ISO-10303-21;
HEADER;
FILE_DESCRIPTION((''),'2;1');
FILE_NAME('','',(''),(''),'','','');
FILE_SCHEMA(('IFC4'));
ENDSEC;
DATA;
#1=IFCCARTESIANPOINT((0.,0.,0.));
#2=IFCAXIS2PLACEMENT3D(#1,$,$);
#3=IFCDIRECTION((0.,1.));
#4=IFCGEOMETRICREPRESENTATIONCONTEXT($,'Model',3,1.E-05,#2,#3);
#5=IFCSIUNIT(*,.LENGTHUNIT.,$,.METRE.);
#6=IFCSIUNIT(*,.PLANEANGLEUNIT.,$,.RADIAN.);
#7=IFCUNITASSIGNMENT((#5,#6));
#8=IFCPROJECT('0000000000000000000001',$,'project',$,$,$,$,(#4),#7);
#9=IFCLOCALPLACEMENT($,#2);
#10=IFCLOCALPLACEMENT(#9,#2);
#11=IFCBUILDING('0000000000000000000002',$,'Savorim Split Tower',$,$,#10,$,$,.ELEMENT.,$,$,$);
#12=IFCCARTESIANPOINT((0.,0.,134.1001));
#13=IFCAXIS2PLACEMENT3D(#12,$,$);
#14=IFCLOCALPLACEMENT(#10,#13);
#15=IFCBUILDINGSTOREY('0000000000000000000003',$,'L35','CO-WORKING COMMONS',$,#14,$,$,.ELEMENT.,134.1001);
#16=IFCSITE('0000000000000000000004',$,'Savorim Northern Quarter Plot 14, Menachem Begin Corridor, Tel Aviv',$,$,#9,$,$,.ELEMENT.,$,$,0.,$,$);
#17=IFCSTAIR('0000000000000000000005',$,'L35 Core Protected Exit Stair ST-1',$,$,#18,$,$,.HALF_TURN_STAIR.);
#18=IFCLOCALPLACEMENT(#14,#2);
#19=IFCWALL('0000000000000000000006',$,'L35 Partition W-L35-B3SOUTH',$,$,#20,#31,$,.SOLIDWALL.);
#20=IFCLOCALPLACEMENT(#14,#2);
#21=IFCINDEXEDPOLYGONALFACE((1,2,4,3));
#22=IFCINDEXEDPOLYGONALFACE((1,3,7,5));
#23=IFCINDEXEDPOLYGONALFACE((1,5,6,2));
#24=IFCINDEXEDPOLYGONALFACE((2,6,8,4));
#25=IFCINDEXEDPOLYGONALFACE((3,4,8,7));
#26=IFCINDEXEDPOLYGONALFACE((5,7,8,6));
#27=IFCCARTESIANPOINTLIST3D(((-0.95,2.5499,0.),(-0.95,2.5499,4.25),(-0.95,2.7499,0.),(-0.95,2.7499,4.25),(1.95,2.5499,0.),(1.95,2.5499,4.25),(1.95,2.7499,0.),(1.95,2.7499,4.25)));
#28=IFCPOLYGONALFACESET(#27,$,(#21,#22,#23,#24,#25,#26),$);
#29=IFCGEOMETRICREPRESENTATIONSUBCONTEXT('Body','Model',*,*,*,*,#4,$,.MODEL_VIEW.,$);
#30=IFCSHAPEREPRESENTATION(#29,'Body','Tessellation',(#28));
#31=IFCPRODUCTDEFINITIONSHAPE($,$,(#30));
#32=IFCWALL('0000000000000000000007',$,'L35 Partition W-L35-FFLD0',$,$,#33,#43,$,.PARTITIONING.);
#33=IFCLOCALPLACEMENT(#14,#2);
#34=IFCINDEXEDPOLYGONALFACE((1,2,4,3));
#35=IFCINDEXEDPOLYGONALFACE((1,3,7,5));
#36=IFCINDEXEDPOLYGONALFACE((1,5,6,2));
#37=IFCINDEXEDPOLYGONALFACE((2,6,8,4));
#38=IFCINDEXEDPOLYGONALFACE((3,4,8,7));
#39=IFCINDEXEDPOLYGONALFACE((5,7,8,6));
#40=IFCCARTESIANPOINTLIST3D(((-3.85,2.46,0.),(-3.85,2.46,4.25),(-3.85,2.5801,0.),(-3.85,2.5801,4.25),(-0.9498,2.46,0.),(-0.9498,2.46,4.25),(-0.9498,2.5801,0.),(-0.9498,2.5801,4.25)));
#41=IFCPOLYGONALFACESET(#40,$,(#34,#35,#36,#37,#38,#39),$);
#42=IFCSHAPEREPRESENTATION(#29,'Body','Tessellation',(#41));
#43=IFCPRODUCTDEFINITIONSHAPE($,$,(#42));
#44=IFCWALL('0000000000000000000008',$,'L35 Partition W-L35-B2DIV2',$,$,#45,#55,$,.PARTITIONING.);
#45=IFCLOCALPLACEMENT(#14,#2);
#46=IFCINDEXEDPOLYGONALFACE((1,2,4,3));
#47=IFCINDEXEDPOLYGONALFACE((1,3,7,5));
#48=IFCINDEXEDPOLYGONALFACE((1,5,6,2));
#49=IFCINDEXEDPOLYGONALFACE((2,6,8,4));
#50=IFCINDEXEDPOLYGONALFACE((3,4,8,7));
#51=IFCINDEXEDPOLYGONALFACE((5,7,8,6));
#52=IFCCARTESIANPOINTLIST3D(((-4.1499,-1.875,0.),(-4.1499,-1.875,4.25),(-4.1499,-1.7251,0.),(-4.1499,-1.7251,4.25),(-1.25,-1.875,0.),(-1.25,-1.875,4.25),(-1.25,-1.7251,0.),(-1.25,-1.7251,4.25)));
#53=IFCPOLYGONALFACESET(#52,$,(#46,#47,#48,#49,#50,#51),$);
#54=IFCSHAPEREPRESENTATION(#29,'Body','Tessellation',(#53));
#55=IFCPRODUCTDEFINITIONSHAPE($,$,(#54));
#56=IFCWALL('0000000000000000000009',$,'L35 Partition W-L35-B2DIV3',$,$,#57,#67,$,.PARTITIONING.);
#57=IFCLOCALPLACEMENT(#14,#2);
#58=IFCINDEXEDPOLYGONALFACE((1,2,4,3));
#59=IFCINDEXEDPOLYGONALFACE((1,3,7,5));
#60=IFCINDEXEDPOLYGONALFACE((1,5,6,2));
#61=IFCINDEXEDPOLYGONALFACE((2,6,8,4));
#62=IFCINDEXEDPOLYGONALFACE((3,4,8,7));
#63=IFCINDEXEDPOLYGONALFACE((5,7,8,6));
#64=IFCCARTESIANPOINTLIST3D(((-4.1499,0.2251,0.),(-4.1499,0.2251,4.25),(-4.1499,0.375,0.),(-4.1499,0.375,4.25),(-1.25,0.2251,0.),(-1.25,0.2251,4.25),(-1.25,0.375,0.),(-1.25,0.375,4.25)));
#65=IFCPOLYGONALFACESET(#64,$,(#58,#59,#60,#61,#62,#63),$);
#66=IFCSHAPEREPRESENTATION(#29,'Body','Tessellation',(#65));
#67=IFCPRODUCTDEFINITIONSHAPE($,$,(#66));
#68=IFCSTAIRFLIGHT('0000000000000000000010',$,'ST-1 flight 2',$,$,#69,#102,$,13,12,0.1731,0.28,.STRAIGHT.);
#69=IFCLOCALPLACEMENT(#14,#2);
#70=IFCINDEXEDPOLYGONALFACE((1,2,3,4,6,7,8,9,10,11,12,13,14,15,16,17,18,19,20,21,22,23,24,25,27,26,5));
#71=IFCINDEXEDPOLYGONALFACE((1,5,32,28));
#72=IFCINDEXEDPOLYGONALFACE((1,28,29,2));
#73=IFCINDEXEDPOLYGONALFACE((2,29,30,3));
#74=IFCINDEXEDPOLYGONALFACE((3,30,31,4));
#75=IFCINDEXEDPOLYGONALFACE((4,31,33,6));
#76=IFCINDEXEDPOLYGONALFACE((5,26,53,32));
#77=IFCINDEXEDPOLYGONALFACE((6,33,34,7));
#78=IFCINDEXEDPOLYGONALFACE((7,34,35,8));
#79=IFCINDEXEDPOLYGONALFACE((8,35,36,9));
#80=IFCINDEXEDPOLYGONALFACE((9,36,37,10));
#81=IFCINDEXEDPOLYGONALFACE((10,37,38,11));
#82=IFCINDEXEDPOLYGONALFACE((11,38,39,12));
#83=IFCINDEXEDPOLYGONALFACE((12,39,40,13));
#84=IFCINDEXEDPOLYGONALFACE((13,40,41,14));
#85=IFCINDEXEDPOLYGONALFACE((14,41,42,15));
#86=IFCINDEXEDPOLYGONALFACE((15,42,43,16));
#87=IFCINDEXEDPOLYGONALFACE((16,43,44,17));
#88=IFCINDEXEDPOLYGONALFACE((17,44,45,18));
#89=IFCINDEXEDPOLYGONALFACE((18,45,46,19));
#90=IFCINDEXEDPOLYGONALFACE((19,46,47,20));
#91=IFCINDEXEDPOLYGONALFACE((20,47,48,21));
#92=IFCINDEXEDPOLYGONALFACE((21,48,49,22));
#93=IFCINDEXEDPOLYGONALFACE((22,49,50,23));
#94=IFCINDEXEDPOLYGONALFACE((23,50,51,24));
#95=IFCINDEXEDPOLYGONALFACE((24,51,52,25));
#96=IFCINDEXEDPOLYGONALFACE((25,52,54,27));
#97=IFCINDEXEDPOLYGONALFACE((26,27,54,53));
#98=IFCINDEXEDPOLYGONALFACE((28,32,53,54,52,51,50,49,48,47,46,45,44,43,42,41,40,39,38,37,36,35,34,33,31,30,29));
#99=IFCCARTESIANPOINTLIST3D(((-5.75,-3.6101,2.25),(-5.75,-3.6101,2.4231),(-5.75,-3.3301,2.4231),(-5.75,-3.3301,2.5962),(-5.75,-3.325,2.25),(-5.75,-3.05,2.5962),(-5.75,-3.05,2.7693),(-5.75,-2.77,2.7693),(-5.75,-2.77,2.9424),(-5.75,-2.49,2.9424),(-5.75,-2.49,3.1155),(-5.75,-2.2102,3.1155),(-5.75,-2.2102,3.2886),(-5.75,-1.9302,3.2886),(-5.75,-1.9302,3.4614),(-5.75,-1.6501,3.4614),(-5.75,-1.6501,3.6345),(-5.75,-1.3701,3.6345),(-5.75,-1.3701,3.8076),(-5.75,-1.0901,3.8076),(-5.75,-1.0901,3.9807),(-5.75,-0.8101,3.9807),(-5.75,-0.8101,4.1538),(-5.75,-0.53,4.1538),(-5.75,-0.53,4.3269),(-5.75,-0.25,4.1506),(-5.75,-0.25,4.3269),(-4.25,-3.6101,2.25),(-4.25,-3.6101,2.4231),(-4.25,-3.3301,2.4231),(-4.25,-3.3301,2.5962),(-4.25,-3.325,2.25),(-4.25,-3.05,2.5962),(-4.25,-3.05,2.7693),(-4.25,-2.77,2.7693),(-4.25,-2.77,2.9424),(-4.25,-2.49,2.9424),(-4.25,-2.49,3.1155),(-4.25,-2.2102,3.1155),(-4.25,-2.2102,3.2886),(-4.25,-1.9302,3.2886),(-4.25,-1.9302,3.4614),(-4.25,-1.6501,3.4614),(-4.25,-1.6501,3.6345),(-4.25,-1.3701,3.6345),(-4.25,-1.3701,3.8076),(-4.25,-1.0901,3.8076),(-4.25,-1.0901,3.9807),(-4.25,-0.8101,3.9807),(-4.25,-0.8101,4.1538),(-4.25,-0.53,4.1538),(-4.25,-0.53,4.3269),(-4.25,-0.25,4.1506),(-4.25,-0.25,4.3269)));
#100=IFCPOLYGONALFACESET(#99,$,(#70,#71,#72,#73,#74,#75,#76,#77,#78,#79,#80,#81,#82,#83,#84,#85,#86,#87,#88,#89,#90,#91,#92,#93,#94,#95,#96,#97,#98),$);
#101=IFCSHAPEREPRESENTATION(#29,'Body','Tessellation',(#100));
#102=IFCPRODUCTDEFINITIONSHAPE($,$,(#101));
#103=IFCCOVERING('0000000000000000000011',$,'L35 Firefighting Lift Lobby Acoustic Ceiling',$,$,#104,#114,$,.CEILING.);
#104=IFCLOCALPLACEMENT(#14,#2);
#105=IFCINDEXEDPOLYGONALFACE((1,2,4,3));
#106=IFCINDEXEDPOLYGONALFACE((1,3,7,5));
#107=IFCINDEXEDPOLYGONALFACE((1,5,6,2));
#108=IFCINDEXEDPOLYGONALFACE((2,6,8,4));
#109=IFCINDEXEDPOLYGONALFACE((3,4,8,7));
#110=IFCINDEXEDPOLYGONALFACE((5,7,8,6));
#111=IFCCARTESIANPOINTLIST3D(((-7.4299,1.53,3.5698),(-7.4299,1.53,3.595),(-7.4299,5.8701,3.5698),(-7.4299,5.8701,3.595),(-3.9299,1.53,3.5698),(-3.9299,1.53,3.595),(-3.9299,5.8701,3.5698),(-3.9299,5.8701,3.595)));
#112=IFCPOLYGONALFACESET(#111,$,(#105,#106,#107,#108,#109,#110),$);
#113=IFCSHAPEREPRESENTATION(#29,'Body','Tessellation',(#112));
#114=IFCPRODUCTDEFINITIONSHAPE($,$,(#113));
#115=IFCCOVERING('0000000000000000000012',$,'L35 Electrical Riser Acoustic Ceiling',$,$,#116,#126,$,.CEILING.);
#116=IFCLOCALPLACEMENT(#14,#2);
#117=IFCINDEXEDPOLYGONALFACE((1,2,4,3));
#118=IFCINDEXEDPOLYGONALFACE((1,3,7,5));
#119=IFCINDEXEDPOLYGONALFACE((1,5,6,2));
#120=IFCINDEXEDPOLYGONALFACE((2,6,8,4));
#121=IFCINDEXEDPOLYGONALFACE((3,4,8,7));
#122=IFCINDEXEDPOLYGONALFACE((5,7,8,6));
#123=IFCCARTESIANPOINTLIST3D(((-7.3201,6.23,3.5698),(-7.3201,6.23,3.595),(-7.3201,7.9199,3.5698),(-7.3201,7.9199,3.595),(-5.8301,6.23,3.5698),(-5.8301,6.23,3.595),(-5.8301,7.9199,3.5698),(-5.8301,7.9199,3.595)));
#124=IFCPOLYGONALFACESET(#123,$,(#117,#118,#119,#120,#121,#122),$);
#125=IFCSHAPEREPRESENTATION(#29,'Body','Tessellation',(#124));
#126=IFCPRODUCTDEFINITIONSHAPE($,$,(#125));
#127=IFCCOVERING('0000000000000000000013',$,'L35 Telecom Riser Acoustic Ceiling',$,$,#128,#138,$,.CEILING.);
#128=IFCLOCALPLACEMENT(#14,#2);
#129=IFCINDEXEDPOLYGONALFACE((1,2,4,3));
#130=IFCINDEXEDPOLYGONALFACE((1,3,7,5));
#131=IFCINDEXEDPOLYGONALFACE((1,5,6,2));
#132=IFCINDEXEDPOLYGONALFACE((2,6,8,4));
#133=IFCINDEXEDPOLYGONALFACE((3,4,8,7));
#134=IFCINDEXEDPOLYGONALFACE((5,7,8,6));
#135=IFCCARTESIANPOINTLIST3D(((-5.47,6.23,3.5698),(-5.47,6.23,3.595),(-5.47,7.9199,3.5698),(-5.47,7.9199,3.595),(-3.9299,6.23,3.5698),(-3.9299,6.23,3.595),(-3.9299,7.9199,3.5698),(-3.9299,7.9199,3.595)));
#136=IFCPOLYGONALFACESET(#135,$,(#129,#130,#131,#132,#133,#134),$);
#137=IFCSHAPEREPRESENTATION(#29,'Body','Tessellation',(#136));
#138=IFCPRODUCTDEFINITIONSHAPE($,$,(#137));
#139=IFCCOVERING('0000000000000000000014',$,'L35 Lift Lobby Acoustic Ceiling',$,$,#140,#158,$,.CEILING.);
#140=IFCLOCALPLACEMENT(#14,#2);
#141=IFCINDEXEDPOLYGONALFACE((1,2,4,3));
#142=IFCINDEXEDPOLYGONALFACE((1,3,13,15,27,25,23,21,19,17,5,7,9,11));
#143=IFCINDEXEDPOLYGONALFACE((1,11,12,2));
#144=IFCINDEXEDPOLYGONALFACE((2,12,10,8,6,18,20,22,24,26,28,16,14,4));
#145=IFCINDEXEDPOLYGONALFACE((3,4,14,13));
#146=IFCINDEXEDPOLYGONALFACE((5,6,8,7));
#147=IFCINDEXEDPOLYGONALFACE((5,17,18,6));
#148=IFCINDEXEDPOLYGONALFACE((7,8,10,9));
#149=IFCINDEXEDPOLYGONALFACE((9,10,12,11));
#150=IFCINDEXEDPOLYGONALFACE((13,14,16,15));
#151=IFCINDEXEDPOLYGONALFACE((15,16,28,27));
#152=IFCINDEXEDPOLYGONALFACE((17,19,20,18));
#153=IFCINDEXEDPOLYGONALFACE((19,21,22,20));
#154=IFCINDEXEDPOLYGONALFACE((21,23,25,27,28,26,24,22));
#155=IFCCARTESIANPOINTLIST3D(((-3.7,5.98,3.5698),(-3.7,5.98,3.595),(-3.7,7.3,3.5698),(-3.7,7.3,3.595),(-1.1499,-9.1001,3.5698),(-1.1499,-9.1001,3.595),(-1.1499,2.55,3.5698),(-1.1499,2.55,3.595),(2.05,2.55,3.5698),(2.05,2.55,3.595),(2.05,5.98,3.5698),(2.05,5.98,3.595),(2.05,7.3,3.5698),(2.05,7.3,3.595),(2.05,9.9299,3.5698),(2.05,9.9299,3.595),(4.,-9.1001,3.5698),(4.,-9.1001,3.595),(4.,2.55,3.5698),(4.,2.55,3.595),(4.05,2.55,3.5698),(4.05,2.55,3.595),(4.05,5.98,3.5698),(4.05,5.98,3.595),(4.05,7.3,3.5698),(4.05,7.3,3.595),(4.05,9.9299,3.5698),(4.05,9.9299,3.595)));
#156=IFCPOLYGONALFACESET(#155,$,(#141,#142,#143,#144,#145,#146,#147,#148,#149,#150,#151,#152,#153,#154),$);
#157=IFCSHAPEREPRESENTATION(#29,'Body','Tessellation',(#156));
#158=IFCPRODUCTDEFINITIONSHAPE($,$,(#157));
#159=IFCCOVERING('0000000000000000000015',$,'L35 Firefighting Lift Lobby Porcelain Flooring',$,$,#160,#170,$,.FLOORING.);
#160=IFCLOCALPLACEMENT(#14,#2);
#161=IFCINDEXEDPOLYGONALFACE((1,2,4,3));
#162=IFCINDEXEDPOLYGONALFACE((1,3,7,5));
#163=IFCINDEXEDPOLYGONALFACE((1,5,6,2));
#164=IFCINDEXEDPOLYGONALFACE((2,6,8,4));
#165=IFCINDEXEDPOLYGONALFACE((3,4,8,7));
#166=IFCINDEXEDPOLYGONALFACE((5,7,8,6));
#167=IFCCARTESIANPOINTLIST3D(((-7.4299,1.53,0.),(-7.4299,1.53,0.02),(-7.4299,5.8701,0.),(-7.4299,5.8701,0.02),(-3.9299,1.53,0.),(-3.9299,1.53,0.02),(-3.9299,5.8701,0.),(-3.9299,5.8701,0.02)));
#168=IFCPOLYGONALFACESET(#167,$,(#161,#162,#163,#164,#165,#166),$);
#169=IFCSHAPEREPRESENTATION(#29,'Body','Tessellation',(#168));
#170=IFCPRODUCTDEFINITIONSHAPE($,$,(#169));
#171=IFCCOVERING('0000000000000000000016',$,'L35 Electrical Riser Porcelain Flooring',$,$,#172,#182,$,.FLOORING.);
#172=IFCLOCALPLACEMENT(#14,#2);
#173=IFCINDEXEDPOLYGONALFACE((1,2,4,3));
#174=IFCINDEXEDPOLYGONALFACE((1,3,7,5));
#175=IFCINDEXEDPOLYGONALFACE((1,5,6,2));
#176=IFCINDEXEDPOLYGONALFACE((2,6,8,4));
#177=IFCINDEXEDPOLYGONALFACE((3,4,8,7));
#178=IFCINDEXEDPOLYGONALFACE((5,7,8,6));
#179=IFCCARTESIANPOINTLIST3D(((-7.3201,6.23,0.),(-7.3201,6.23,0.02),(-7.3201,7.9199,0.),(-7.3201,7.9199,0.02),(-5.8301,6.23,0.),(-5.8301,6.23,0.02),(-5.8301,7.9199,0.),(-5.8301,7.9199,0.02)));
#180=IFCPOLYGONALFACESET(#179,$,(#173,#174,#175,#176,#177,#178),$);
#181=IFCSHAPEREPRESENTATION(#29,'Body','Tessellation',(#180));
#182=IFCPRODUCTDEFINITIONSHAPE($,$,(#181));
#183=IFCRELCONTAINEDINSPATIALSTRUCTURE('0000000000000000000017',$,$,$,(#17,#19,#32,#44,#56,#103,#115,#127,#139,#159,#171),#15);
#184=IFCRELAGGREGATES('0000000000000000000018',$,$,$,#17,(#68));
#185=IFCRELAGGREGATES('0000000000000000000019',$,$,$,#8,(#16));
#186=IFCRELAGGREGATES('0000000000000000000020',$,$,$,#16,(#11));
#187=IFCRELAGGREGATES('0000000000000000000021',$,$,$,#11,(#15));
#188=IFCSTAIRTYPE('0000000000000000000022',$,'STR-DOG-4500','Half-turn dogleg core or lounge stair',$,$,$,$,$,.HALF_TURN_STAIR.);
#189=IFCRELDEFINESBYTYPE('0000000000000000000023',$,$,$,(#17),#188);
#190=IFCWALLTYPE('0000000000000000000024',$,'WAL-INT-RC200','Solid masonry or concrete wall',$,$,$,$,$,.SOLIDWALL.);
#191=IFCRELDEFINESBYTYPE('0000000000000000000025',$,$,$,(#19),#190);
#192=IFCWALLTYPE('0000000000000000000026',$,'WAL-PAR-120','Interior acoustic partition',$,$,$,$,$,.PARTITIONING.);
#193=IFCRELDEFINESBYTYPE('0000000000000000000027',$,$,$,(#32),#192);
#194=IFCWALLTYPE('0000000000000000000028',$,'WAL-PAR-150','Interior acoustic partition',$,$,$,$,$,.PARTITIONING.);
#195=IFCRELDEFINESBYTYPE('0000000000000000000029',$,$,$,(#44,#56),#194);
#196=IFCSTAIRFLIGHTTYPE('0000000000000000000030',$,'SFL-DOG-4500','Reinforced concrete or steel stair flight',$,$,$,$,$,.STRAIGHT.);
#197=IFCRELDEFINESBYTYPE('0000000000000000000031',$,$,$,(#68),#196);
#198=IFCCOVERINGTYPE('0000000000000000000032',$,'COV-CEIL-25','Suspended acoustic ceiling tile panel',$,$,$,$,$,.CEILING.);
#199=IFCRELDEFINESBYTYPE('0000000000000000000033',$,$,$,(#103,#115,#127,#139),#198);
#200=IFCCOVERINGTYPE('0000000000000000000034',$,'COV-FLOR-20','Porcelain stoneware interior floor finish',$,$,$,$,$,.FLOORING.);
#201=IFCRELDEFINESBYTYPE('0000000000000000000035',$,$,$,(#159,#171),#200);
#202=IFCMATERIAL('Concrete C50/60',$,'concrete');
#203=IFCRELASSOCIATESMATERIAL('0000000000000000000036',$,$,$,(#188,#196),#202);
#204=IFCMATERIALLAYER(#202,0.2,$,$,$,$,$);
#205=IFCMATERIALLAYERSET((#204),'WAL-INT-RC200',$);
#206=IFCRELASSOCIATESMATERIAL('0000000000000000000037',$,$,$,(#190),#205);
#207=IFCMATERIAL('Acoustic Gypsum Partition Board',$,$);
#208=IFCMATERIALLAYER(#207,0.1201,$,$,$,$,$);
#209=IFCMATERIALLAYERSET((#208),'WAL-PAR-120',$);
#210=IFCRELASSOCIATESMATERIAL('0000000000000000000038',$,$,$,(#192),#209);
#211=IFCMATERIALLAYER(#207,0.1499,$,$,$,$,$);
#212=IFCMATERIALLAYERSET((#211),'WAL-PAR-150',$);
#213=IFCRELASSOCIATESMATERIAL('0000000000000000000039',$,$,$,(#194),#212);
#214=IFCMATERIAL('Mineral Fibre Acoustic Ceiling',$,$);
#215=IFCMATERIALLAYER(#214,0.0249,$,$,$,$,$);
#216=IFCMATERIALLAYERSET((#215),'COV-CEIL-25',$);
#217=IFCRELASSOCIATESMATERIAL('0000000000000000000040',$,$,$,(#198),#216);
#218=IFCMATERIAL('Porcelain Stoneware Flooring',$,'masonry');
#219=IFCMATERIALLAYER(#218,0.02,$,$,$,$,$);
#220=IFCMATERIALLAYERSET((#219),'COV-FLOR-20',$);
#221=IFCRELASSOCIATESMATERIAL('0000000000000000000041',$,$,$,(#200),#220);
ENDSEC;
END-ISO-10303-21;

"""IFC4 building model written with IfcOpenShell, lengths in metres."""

from ifc_helpers import new_model, si_unit, direction, frame, frame_2d, origin, place, context, subcontext, project, spatial, polyline, rectangle, outline, extrude, material, layer, layer_set, type_object, element, aggregate, save


model = new_model("IFC4")

# Units and contexts
model_context = context("Model", 3, precision=1e-05, world=origin(), true_north=direction((0.0, 1.0)))
body_context = subcontext(model_context, "Body", "Model", "MODEL_VIEW")
ifc_project = project(units=[si_unit("LENGTHUNIT", "METRE"), si_unit("PLANEANGLEUNIT", "RADIAN")], contexts=[model_context])

# Site, building, storey
site_placement = place(None, origin())
site = spatial("IfcSite", under=ifc_project, at=site_placement, Name="Savorim Northern Quarter Plot 14, Menachem Begin Corridor, Tel Aviv", CompositionType="ELEMENT", RefElevation=0.0)
building_placement = place(site_placement, origin())
building = spatial("IfcBuilding", under=site, at=building_placement, Name="Savorim Split Tower", CompositionType="ELEMENT")
storey_placement = place(building_placement, frame((0.0, 0.0, 134.1001)))
storey = spatial("IfcBuildingStorey", under=building, at=storey_placement, Name="L35", Description="CO-WORKING COMMONS", CompositionType="ELEMENT", Elevation=134.1001)

# Shared definitions
ifc_material_1 = material(Name="Concrete C50/60", Category="concrete")

# Stair
stair_type = type_object("IfcStairType", Name="STR-DOG-4500", Description="Half-turn dogleg core or lounge stair", PredefinedType="HALF_TURN_STAIR", material=ifc_material_1)
stair_1_placement = place(storey_placement, origin())
stair_1 = element("IfcStair", 1, at=stair_1_placement, inside=storey, type_object=stair_type, Name="L35 Core Protected Exit Stair ST-1", PredefinedType="HALF_TURN_STAIR")

# Shared definitions
ifc_layer_1 = layer(ifc_material_1, 0.2)
ifc_layer_set_1 = layer_set([ifc_layer_1], Name="WAL-INT-RC200")
wall_type_1 = type_object("IfcWallType", Name="WAL-INT-RC200", Description="Solid masonry or concrete wall", PredefinedType="SOLIDWALL", material=ifc_layer_set_1)

# Walls
wall_1_placement = place(storey_placement, frame((-0.95, 2.6499, 0.0), z_axis=(0.0, 0.0, 1.0), x_axis=(1.0, 0.0, 0.0)))
element("IfcWall", 2, at=wall_1_placement, inside=storey, type_object=wall_type_1, Name="L35 Partition W-L35-B3SOUTH", PredefinedType="SOLIDWALL", context=body_context, shape_type="SweptSolid", body=[
    extrude(rectangle(XDim=2.8999, YDim=0.2, at=frame_2d((1.45, 0.0))), origin(), (0.0, 0.0, 1.0), 4.25),
])
ifc_material_2 = material(Name="Acoustic Gypsum Partition Board")
ifc_layer_2 = layer(ifc_material_2, 0.1201)
ifc_layer_set_2 = layer_set([ifc_layer_2], Name="WAL-PAR-120")
wall_type_2 = type_object("IfcWallType", Name="WAL-PAR-120", Description="Interior acoustic partition", PredefinedType="PARTITIONING", material=ifc_layer_set_2)
wall_2_placement = place(storey_placement, frame((-3.8501, 2.52, 0.0), z_axis=(0.0, 0.0, 1.0), x_axis=(1.0, 0.0, 0.0)))
element("IfcWall", 3, at=wall_2_placement, inside=storey, type_object=wall_type_2, Name="L35 Partition W-L35-FFLD0", PredefinedType="PARTITIONING", context=body_context, shape_type="SweptSolid", body=[
    extrude(rectangle(XDim=2.9001, YDim=0.1201, at=frame_2d((1.4502, 0.0))), origin(), (0.0, 0.0, 1.0), 4.25),
])
ifc_layer_3 = layer(ifc_material_2, 0.1499)
ifc_layer_set_3 = layer_set([ifc_layer_3], Name="WAL-PAR-150")
wall_type_3 = type_object("IfcWallType", Name="WAL-PAR-150", Description="Interior acoustic partition", PredefinedType="PARTITIONING", material=ifc_layer_set_3)
for number, where, z_axis, x_axis, name in (
    (4, (-4.1499, -1.8, 0.0), (0.0, 0.0, 1.0), (1.0, 0.0, 0.0), "L35 Partition W-L35-B2DIV2"),
    (5, (-4.1499, 0.3, 0.0), (0.0, 0.0, 1.0), (1.0, 0.0, 0.0), "L35 Partition W-L35-B2DIV3"),
):
    element("IfcWall", number, at=place(storey_placement, frame(where, z_axis=z_axis, x_axis=x_axis)), inside=storey, type_object=wall_type_3, Name=name, PredefinedType="PARTITIONING", context=body_context, shape_type="SweptSolid", body=[
        extrude(rectangle(XDim=2.8999, YDim=0.1499, at=frame_2d((1.45, 0.0))), origin(), (0.0, 0.0, 1.0), 4.25),
    ])

# Stair flight
stair_flight_type = type_object("IfcStairFlightType", Name="SFL-DOG-4500", Description="Reinforced concrete or steel stair flight", PredefinedType="STRAIGHT", material=ifc_material_1)
stair_flight_placement = place(storey_placement, frame((-5.0, -3.6101, 2.25), z_axis=(0.0, 0.0, 1.0), x_axis=(0.0, 1.0, 0.0)))
stair_flight = element("IfcStairFlight", 6, at=stair_flight_placement, type_object=stair_flight_type, Name="ST-1 flight 2", NumberOfRisers=13, NumberOfTreads=12, PredefinedType="STRAIGHT", RiserHeight=0.1731, TreadLength=0.28, context=body_context, shape_type="SweptSolid", body=[
    extrude(outline(polyline([(0.0, 0.0), (0.0, 0.1731), (0.28, 0.1731), (0.28, 0.3462), (0.5601, 0.3462), (0.5601, 0.5193), (0.8401, 0.5193), (0.8401, 0.6924), (1.1201, 0.6924), (1.1201, 0.8655), (1.3999, 0.8655), (1.3999, 1.0386), (1.6799, 1.0386), (1.6799, 1.2114), (1.96, 1.2114), (1.96, 1.3845), (2.24, 1.3845), (2.24, 1.5576), (2.52, 1.5576), (2.52, 1.7307), (2.8, 1.7307), (2.8, 1.9038), (3.0801, 1.9038), (3.0801, 2.0769), (3.3601, 2.0769), (3.3601, 2.25), (3.3601, 1.9006), (0.2852, 0.0), (0.0, 0.0)])), frame((0.0, 0.75, 0.0), z_axis=(0.0, -1.0, 0.0), x_axis=(1.0, 0.0, 0.0)), (0.0, 0.0, 1.0), 1.5),
])
aggregate(stair_1, [stair_flight])

# Coverings
ifc_material_3 = material(Name="Mineral Fibre Acoustic Ceiling")
ifc_layer_4 = layer(ifc_material_3, 0.0249)
ifc_layer_set_4 = layer_set([ifc_layer_4], Name="COV-CEIL-25")
covering_type_1 = type_object("IfcCoveringType", Name="COV-CEIL-25", Description="Suspended acoustic ceiling tile panel", PredefinedType="CEILING", material=ifc_layer_set_4)
covering_1_placement = place(storey_placement, frame((0.0, 0.0, 3.5698)))
element("IfcCovering", 7, at=covering_1_placement, inside=storey, type_object=covering_type_1, Name="L35 Firefighting Lift Lobby Acoustic Ceiling", PredefinedType="CEILING", context=body_context, shape_type="SweptSolid", body=[
    extrude(outline(polyline([(-7.4299, 5.8701), (-7.4299, 1.53), (-3.9299, 1.53), (-3.9299, 5.8701), (-7.4299, 5.8701)])), origin(), (0.0, 0.0, 1.0), 0.0251),
])
covering_2_placement = place(storey_placement, frame((0.0, 0.0, 3.5698)))
element("IfcCovering", 8, at=covering_2_placement, inside=storey, type_object=covering_type_1, Name="L35 Electrical Riser Acoustic Ceiling", PredefinedType="CEILING", context=body_context, shape_type="SweptSolid", body=[
    extrude(outline(polyline([(-7.3201, 7.9199), (-7.3201, 6.23), (-5.8301, 6.23), (-5.8301, 7.9199), (-7.3201, 7.9199)])), origin(), (0.0, 0.0, 1.0), 0.0251),
])
covering_3_placement = place(storey_placement, frame((0.0, 0.0, 3.5698)))
element("IfcCovering", 9, at=covering_3_placement, inside=storey, type_object=covering_type_1, Name="L35 Telecom Riser Acoustic Ceiling", PredefinedType="CEILING", context=body_context, shape_type="SweptSolid", body=[
    extrude(outline(polyline([(-5.47, 7.9199), (-5.47, 6.23), (-3.9299, 6.23), (-3.9299, 7.9199), (-5.47, 7.9199)])), origin(), (0.0, 0.0, 1.0), 0.0251),
])
covering_4_placement = place(storey_placement, frame((0.0, 0.0, 3.5698)))
element("IfcCovering", 10, at=covering_4_placement, inside=storey, type_object=covering_type_1, Name="L35 Lift Lobby Acoustic Ceiling", PredefinedType="CEILING", context=body_context, shape_type="SweptSolid", body=[
    extrude(outline(polyline([(2.05, 2.55), (-1.1499, 2.55), (-1.1499, -9.1001), (4.0, -9.1001), (4.0, 2.55), (4.05, 2.55), (4.05, 5.98), (4.05, 7.3), (4.05, 9.9299), (2.05, 9.9299), (2.05, 7.3), (-3.7, 7.3), (-3.7, 5.98), (2.05, 5.98), (2.05, 2.55)])), origin(), (0.0, 0.0, 1.0), 0.0251),
])
ifc_material_4 = material(Name="Porcelain Stoneware Flooring", Category="masonry")
ifc_layer_5 = layer(ifc_material_4, 0.02)
ifc_layer_set_5 = layer_set([ifc_layer_5], Name="COV-FLOR-20")
covering_type_2 = type_object("IfcCoveringType", Name="COV-FLOR-20", Description="Porcelain stoneware interior floor finish", PredefinedType="FLOORING", material=ifc_layer_set_5)
covering_5_placement = place(storey_placement, origin())
element("IfcCovering", 11, at=covering_5_placement, inside=storey, type_object=covering_type_2, Name="L35 Firefighting Lift Lobby Porcelain Flooring", PredefinedType="FLOORING", context=body_context, shape_type="SweptSolid", body=[
    extrude(outline(polyline([(-7.4299, 5.8701), (-7.4299, 1.53), (-3.9299, 1.53), (-3.9299, 5.8701), (-7.4299, 5.8701)])), origin(), (0.0, 0.0, 1.0), 0.02),
])
covering_6_placement = place(storey_placement, origin())
element("IfcCovering", 12, at=covering_6_placement, inside=storey, type_object=covering_type_2, Name="L35 Electrical Riser Porcelain Flooring", PredefinedType="FLOORING", context=body_context, shape_type="SweptSolid", body=[
    extrude(outline(polyline([(-7.3201, 7.9199), (-7.3201, 6.23), (-5.8301, 6.23), (-5.8301, 7.9199), (-7.3201, 7.9199)])), origin(), (0.0, 0.0, 1.0), 0.02),
])

save(model, "model.ifc")
